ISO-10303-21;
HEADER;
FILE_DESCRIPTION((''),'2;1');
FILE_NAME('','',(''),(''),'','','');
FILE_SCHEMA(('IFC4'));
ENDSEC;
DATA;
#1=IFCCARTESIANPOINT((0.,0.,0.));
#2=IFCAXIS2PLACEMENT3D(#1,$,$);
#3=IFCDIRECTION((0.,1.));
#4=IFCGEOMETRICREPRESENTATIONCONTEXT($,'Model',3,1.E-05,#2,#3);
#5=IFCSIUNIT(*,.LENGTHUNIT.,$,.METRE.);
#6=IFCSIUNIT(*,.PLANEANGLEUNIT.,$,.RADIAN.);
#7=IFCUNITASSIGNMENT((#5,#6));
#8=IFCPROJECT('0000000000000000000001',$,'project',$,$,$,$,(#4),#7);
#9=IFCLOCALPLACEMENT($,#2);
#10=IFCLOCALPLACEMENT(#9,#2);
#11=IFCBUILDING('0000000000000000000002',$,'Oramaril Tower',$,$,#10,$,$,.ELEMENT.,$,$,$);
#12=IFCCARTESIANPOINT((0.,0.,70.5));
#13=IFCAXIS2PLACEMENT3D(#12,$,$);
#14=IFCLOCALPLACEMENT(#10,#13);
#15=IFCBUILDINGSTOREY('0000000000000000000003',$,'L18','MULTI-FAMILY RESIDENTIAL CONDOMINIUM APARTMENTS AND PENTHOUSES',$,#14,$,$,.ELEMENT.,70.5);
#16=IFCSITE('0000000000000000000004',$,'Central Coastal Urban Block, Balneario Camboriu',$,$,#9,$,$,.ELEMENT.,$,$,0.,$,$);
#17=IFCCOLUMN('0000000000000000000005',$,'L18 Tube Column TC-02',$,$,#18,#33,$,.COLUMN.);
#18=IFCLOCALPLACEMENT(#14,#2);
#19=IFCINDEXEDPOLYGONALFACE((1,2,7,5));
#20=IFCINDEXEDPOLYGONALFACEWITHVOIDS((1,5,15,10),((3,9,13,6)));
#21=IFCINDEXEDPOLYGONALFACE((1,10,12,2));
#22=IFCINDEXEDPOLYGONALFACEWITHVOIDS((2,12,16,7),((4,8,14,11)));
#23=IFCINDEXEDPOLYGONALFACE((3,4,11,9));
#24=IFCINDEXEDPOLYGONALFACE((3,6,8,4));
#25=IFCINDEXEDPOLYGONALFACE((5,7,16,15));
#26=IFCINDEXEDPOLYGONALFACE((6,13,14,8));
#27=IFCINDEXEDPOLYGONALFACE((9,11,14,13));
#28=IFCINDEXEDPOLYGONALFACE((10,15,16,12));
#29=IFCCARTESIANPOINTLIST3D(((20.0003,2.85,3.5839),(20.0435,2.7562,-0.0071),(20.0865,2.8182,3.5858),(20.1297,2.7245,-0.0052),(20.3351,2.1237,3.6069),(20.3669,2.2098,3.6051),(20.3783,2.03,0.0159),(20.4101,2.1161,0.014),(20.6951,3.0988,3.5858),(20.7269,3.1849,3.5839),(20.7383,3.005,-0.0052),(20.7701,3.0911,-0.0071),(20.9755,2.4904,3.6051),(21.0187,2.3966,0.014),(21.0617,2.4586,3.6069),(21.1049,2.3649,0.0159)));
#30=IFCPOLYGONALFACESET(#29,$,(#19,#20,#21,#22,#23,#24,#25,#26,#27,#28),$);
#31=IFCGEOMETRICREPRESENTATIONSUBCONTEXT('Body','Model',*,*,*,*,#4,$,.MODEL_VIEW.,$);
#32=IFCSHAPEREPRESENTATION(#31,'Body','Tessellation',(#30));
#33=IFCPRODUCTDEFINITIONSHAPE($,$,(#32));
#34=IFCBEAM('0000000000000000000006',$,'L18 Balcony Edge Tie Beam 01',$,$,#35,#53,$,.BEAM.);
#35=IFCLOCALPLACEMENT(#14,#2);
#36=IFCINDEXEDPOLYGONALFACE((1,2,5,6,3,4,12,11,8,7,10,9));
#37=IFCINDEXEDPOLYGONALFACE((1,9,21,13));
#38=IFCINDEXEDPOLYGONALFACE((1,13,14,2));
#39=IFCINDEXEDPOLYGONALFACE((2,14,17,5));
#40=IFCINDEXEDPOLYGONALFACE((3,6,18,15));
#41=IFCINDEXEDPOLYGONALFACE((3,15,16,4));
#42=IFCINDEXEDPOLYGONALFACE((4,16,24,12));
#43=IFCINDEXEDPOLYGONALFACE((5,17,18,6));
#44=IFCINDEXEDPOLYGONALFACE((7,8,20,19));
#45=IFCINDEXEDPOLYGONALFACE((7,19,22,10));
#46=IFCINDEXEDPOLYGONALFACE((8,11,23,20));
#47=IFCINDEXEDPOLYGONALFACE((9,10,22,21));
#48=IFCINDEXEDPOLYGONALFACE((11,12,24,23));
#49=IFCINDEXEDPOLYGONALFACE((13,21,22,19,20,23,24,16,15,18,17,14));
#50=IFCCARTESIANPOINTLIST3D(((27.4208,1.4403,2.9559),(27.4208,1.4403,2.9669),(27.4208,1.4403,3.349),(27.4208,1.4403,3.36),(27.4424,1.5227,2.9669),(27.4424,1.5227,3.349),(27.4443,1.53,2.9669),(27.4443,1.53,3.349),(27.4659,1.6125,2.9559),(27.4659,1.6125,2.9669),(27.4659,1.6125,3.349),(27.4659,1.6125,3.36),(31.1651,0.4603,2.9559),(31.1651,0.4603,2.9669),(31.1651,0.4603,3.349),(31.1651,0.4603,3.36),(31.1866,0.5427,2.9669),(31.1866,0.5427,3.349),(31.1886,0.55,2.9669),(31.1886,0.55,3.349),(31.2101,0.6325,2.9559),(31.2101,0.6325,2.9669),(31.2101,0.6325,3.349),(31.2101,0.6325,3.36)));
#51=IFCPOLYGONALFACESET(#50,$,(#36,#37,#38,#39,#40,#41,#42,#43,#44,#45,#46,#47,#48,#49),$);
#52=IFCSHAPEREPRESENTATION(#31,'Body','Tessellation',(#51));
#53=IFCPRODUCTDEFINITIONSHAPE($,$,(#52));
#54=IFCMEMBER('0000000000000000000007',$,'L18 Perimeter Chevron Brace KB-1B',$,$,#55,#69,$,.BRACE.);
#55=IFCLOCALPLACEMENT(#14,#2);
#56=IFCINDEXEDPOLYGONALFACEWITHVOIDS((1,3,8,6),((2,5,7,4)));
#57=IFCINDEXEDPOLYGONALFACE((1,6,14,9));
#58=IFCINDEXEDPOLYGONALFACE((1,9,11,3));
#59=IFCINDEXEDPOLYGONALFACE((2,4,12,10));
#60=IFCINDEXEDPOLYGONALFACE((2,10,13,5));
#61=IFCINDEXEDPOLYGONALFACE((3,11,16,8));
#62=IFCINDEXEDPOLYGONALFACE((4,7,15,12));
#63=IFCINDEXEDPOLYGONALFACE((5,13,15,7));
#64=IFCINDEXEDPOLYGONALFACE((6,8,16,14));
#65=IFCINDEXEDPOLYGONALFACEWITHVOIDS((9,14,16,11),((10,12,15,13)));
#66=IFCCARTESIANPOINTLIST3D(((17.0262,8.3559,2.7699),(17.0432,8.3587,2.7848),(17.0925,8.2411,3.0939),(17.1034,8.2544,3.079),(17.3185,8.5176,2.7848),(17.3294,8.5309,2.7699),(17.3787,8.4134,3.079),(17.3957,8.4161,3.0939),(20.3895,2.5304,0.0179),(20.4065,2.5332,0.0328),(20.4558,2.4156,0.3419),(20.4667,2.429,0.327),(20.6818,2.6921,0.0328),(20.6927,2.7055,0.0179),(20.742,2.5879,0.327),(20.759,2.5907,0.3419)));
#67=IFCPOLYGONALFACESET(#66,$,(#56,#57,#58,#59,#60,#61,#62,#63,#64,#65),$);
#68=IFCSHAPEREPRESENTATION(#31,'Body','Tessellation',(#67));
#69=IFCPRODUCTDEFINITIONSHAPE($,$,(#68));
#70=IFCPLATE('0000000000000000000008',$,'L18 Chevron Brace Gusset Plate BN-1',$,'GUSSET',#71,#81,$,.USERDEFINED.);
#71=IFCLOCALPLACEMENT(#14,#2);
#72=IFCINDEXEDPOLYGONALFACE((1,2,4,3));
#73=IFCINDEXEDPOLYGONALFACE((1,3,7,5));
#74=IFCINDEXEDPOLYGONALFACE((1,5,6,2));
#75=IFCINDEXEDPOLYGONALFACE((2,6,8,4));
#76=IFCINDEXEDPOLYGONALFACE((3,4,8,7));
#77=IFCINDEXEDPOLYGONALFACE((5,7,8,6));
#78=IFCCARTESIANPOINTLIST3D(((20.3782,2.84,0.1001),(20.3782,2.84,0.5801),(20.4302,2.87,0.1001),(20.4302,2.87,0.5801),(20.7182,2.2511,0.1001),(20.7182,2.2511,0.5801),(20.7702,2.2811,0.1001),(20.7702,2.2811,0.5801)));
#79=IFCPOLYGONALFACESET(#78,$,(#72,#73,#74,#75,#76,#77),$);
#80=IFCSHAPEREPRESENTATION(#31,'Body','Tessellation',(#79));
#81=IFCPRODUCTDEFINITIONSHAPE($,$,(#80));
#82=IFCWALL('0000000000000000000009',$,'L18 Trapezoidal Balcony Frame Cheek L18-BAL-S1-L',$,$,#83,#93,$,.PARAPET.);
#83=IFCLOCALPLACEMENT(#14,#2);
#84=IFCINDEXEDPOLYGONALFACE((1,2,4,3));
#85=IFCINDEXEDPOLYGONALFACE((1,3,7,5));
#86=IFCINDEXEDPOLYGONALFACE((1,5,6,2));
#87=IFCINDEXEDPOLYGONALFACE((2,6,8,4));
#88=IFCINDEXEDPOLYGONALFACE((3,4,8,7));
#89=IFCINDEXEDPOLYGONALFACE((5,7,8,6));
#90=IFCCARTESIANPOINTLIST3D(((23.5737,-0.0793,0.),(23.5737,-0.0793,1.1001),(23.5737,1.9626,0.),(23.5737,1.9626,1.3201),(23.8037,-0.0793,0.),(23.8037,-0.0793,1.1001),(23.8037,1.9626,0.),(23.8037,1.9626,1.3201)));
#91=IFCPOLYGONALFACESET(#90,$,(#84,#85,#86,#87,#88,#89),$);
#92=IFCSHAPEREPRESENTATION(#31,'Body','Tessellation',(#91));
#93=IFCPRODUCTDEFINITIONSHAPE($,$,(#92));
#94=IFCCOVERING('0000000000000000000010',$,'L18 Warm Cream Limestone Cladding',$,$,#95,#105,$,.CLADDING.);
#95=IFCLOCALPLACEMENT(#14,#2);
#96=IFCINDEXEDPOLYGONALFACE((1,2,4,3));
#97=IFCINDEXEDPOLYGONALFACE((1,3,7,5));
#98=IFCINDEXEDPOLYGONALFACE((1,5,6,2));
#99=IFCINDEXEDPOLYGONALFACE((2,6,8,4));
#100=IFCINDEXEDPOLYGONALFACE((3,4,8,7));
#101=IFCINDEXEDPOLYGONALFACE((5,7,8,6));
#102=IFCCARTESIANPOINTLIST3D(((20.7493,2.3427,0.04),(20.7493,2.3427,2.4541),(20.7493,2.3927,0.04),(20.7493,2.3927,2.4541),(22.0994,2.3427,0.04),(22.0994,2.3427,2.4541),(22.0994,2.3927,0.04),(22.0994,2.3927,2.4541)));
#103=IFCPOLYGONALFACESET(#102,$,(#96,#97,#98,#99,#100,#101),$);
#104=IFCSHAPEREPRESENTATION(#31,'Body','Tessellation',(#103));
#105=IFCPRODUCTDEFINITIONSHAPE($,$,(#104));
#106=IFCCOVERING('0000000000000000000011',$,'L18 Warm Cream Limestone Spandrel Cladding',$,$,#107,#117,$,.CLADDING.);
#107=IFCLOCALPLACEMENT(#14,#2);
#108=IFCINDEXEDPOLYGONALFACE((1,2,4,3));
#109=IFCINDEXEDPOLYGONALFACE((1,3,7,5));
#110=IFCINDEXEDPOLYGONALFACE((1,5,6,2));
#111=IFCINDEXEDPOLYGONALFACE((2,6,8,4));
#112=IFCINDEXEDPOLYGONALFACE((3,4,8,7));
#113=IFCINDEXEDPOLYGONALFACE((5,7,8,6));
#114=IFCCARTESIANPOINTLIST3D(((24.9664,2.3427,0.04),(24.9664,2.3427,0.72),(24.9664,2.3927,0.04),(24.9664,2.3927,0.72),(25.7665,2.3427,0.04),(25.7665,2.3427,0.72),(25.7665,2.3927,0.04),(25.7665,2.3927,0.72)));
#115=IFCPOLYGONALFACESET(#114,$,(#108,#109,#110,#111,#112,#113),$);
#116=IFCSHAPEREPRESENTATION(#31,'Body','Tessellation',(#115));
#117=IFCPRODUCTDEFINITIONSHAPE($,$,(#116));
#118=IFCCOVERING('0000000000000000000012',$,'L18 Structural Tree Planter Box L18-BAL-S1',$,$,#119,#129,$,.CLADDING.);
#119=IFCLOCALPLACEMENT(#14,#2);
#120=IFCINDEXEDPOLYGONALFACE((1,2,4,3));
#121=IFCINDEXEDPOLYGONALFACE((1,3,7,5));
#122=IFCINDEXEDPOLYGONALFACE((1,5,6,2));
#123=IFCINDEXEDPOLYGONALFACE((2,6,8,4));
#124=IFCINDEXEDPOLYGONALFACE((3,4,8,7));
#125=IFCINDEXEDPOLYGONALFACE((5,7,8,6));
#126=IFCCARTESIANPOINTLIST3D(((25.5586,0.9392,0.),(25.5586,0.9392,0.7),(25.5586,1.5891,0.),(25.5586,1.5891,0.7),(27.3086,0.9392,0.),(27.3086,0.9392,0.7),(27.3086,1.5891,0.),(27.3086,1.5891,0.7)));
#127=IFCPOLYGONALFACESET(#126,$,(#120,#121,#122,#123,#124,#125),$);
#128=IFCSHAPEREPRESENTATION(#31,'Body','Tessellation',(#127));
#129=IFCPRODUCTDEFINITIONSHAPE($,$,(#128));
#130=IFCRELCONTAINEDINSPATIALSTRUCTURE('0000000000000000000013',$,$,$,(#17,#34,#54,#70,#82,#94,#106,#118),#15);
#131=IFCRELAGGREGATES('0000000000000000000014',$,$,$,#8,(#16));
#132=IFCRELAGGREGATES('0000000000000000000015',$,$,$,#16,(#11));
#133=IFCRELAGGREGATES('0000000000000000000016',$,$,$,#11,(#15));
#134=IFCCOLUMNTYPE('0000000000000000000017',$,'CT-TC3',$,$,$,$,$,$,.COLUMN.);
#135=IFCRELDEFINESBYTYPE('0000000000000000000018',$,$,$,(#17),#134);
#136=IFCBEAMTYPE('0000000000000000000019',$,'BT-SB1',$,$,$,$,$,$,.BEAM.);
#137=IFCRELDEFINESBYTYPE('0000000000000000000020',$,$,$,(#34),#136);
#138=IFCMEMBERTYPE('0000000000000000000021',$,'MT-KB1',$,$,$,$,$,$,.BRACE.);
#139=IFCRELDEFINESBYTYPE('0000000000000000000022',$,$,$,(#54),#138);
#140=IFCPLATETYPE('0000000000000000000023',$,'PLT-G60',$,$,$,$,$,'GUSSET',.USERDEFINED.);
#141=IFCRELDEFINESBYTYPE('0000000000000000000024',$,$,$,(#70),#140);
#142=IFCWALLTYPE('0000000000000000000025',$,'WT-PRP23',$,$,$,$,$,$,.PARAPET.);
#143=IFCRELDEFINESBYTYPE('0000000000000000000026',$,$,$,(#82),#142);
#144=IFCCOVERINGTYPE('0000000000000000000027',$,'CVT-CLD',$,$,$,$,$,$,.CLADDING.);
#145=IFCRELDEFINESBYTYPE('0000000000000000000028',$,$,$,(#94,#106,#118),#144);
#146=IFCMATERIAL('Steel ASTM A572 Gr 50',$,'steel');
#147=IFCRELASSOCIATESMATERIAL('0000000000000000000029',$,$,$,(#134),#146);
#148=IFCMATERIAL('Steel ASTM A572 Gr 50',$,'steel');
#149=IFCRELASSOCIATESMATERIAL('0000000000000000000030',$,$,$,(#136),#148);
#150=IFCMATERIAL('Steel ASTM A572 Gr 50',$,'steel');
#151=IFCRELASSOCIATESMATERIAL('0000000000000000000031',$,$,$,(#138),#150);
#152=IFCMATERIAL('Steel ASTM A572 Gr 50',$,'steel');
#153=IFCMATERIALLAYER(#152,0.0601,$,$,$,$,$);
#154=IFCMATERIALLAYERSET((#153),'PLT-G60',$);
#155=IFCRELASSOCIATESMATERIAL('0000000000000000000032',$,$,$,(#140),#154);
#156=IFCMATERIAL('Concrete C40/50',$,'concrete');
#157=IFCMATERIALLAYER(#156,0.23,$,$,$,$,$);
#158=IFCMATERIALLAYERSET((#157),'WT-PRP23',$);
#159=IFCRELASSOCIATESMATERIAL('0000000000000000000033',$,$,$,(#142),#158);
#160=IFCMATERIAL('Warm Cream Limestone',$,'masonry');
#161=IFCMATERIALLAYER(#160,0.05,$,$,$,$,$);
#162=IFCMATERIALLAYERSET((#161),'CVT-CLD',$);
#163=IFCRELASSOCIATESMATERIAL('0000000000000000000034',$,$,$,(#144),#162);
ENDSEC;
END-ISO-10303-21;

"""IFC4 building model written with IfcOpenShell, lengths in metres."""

from ifc_helpers import new_model, si_unit, direction, frame, origin, origin_2d, place, context, subcontext, project, spatial, polyline, rectangle, hollow_rectangle, i_section, outline, extrude, material, layer, layer_set, material_profile, profile_set, type_object, element, save


model = new_model("IFC4")

# Units and contexts
model_context = context("Model", 3, precision=1e-05, world=origin(), true_north=direction((0.0, 1.0)))
body_context = subcontext(model_context, "Body", "Model", "MODEL_VIEW")
ifc_project = project(units=[si_unit("LENGTHUNIT", "METRE"), si_unit("PLANEANGLEUNIT", "RADIAN")], contexts=[model_context])

# Site, building, storey
site_placement = place(None, origin())
site = spatial("IfcSite", under=ifc_project, at=site_placement, Name="Central Coastal Urban Block, Balneario Camboriu", CompositionType="ELEMENT", RefElevation=0.0)
building_placement = place(site_placement, origin())
building = spatial("IfcBuilding", under=site, at=building_placement, Name="Oramaril Tower", CompositionType="ELEMENT")
storey_placement = place(building_placement, frame((0.0, 0.0, 70.5)))
storey = spatial("IfcBuildingStorey", under=building, at=storey_placement, Name="L18", Description="MULTI-FAMILY RESIDENTIAL CONDOMINIUM APARTMENTS AND PENTHOUSES", CompositionType="ELEMENT", Elevation=70.5)

# Column
ifc_material_1 = material(Name="Steel ASTM A572 Gr 50", Category="steel")
ifc_material_profile_1 = material_profile(ifc_material_1, hollow_rectangle(XDim=0.8, YDim=0.8, WallThickness=0.0649, at=origin_2d()), Name="BOX800X800X65")
ifc_profile_set_1 = profile_set([ifc_material_profile_1], Name="Steel ASTM A572 Gr 50")
column_type = type_object("IfcColumnType", Name="CT-TC3", PredefinedType="COLUMN", material=ifc_profile_set_1)
column_placement = place(storey_placement, frame((20.5742, 2.5605, 0.0044), z_axis=(-0.012028, 0.026096, 0.999587), x_axis=(-0.908167, -0.418608, 0.0)))
element("IfcColumn", 1, at=column_placement, inside=storey, type_object=column_type, Name="L18 Tube Column TC-02", PredefinedType="COLUMN", context=body_context, shape_type="SweptSolid", body=[
    extrude(hollow_rectangle(XDim=0.8, YDim=0.8, WallThickness=0.0649, at=origin_2d()), origin(), (0.0, 0.0, 1.0), 3.5925),
])

# Beam
ifc_material_2 = material(Name="Steel ASTM A572 Gr 50", Category="steel")
ifc_material_profile_2 = material_profile(ifc_material_2, i_section(OverallWidth=0.178, OverallDepth=0.4041, WebThickness=0.0076, FlangeThickness=0.011, at=origin_2d()), Name="W16X36")
ifc_profile_set_2 = profile_set([ifc_material_profile_2], Name="Steel ASTM A572 Gr 50")
beam_type = type_object("IfcBeamType", Name="BT-SB1", PredefinedType="BEAM", material=ifc_profile_set_2)
beam_placement = place(storey_placement, frame((27.4434, 1.5264, 3.158), z_axis=(0.967412, -0.253208, 0.0), x_axis=(0.253208, 0.967412, 0.0)))
element("IfcBeam", 2, at=beam_placement, inside=storey, type_object=beam_type, Name="L18 Balcony Edge Tie Beam 01", PredefinedType="BEAM", context=body_context, shape_type="SweptSolid", body=[
    extrude(i_section(OverallWidth=0.178, OverallDepth=0.4041, WebThickness=0.0076, FlangeThickness=0.011, at=origin_2d()), origin(), (0.0, 0.0, 1.0), 3.8704),
])

# Member
ifc_material_3 = material(Name="Steel ASTM A572 Gr 50", Category="steel")
ifc_material_profile_3 = material_profile(ifc_material_3, hollow_rectangle(XDim=0.3501, YDim=0.3501, WallThickness=0.0161, at=origin_2d()), Name="HSS350X350X16")
ifc_profile_set_3 = profile_set([ifc_material_profile_3], Name="Steel ASTM A572 Gr 50")
member_type = type_object("IfcMemberType", Name="MT-KB1", PredefinedType="BRACE", material=ifc_profile_set_3)
member_placement = place(storey_placement, frame((20.5742, 2.5605, 0.1799), z_axis=(-0.462766, 0.801543, 0.378651), x_axis=(-0.866028, -0.499996, 0.0)))
element("IfcMember", 3, at=member_placement, inside=storey, type_object=member_type, Name="L18 Perimeter Chevron Brace KB-1B", PredefinedType="BRACE", context=body_context, shape_type="SweptSolid", body=[
    extrude(hollow_rectangle(XDim=0.3501, YDim=0.3501, WallThickness=0.0161, at=origin_2d()), origin(), (0.0, 0.0, 1.0), 7.2678),
])

# Plate
ifc_material_4 = material(Name="Steel ASTM A572 Gr 50", Category="steel")
ifc_layer_1 = layer(ifc_material_4, 0.0601)
ifc_layer_set_1 = layer_set([ifc_layer_1], Name="PLT-G60")
plate_type = type_object("IfcPlateType", Name="PLT-G60", ElementType="GUSSET", PredefinedType="USERDEFINED", material=ifc_layer_set_1)
plate_placement = place(storey_placement, frame((20.5742, 2.5605, 0.1001), z_axis=(0.0, 0.0, 1.0), x_axis=(0.5, -0.866025, 0.0)))
element("IfcPlate", 4, at=plate_placement, inside=storey, type_object=plate_type, Name="L18 Chevron Brace Gusset Plate BN-1", ObjectType="GUSSET", PredefinedType="USERDEFINED", context=body_context, shape_type="SweptSolid", body=[
    extrude(rectangle(XDim=0.6799, YDim=0.0601, at=origin_2d()), origin(), (0.0, 0.0, 1.0), 0.48),
])

# Wall
ifc_material_5 = material(Name="Concrete C40/50", Category="concrete")
ifc_layer_2 = layer(ifc_material_5, 0.23)
ifc_layer_set_2 = layer_set([ifc_layer_2], Name="WT-PRP23")
wall_type = type_object("IfcWallType", Name="WT-PRP23", PredefinedType="PARAPET", material=ifc_layer_set_2)
wall_placement = place(storey_placement, frame((23.6887, 1.9626, 0.0), z_axis=(0.0, 0.0, 1.0), x_axis=(0.0, -1.0, 0.0)))
element("IfcWall", 5, at=wall_placement, inside=storey, type_object=wall_type, Name="L18 Trapezoidal Balcony Frame Cheek L18-BAL-S1-L", PredefinedType="PARAPET", context=body_context, shape_type="SweptSolid", body=[
    extrude(outline(polyline([(0.0, 0.0), (2.042, 0.0), (2.042, 1.1001), (0.0, 1.3201), (0.0, 0.0)])), frame((0.0, 0.115, 0.0), z_axis=(0.0, -1.0, 0.0), x_axis=(1.0, 0.0, 0.0)), (0.0, 0.0, 1.0), 0.23),
])

# Coverings
ifc_material_6 = material(Name="Warm Cream Limestone", Category="masonry")
ifc_layer_3 = layer(ifc_material_6, 0.05)
ifc_layer_set_3 = layer_set([ifc_layer_3], Name="CVT-CLD")
covering_type = type_object("IfcCoveringType", Name="CVT-CLD", PredefinedType="CLADDING", material=ifc_layer_set_3)
covering_1_placement = place(storey_placement, frame((21.4243, 2.3677, 0.04), z_axis=(0.0, 0.0, 1.0), x_axis=(1.0, 0.0, 0.0)))
element("IfcCovering", 6, at=covering_1_placement, inside=storey, type_object=covering_type, Name="L18 Warm Cream Limestone Cladding", PredefinedType="CLADDING", context=body_context, shape_type="SweptSolid", body=[
    extrude(rectangle(XDim=1.3501, YDim=0.05, at=origin_2d()), origin(), (0.0, 0.0, 1.0), 2.4141),
])
covering_2_placement = place(storey_placement, frame((25.3665, 2.3677, 0.04), z_axis=(0.0, 0.0, 1.0), x_axis=(1.0, 0.0, 0.0)))
element("IfcCovering", 7, at=covering_2_placement, inside=storey, type_object=covering_type, Name="L18 Warm Cream Limestone Spandrel Cladding", PredefinedType="CLADDING", context=body_context, shape_type="SweptSolid", body=[
    extrude(rectangle(XDim=0.8, YDim=0.05, at=origin_2d()), origin(), (0.0, 0.0, 1.0), 0.6799),
])
covering_3_placement = place(storey_placement, frame((26.4336, 1.2642, 0.0), z_axis=(0.0, 0.0, 1.0), x_axis=(1.0, 0.0, 0.0)))
element("IfcCovering", 8, at=covering_3_placement, inside=storey, type_object=covering_type, Name="L18 Structural Tree Planter Box L18-BAL-S1", PredefinedType="CLADDING", context=body_context, shape_type="SweptSolid", body=[
    extrude(rectangle(XDim=1.75, YDim=0.6499, at=origin_2d()), origin(), (0.0, 0.0, 1.0), 0.7),
])

save(model, "model.ifc")
